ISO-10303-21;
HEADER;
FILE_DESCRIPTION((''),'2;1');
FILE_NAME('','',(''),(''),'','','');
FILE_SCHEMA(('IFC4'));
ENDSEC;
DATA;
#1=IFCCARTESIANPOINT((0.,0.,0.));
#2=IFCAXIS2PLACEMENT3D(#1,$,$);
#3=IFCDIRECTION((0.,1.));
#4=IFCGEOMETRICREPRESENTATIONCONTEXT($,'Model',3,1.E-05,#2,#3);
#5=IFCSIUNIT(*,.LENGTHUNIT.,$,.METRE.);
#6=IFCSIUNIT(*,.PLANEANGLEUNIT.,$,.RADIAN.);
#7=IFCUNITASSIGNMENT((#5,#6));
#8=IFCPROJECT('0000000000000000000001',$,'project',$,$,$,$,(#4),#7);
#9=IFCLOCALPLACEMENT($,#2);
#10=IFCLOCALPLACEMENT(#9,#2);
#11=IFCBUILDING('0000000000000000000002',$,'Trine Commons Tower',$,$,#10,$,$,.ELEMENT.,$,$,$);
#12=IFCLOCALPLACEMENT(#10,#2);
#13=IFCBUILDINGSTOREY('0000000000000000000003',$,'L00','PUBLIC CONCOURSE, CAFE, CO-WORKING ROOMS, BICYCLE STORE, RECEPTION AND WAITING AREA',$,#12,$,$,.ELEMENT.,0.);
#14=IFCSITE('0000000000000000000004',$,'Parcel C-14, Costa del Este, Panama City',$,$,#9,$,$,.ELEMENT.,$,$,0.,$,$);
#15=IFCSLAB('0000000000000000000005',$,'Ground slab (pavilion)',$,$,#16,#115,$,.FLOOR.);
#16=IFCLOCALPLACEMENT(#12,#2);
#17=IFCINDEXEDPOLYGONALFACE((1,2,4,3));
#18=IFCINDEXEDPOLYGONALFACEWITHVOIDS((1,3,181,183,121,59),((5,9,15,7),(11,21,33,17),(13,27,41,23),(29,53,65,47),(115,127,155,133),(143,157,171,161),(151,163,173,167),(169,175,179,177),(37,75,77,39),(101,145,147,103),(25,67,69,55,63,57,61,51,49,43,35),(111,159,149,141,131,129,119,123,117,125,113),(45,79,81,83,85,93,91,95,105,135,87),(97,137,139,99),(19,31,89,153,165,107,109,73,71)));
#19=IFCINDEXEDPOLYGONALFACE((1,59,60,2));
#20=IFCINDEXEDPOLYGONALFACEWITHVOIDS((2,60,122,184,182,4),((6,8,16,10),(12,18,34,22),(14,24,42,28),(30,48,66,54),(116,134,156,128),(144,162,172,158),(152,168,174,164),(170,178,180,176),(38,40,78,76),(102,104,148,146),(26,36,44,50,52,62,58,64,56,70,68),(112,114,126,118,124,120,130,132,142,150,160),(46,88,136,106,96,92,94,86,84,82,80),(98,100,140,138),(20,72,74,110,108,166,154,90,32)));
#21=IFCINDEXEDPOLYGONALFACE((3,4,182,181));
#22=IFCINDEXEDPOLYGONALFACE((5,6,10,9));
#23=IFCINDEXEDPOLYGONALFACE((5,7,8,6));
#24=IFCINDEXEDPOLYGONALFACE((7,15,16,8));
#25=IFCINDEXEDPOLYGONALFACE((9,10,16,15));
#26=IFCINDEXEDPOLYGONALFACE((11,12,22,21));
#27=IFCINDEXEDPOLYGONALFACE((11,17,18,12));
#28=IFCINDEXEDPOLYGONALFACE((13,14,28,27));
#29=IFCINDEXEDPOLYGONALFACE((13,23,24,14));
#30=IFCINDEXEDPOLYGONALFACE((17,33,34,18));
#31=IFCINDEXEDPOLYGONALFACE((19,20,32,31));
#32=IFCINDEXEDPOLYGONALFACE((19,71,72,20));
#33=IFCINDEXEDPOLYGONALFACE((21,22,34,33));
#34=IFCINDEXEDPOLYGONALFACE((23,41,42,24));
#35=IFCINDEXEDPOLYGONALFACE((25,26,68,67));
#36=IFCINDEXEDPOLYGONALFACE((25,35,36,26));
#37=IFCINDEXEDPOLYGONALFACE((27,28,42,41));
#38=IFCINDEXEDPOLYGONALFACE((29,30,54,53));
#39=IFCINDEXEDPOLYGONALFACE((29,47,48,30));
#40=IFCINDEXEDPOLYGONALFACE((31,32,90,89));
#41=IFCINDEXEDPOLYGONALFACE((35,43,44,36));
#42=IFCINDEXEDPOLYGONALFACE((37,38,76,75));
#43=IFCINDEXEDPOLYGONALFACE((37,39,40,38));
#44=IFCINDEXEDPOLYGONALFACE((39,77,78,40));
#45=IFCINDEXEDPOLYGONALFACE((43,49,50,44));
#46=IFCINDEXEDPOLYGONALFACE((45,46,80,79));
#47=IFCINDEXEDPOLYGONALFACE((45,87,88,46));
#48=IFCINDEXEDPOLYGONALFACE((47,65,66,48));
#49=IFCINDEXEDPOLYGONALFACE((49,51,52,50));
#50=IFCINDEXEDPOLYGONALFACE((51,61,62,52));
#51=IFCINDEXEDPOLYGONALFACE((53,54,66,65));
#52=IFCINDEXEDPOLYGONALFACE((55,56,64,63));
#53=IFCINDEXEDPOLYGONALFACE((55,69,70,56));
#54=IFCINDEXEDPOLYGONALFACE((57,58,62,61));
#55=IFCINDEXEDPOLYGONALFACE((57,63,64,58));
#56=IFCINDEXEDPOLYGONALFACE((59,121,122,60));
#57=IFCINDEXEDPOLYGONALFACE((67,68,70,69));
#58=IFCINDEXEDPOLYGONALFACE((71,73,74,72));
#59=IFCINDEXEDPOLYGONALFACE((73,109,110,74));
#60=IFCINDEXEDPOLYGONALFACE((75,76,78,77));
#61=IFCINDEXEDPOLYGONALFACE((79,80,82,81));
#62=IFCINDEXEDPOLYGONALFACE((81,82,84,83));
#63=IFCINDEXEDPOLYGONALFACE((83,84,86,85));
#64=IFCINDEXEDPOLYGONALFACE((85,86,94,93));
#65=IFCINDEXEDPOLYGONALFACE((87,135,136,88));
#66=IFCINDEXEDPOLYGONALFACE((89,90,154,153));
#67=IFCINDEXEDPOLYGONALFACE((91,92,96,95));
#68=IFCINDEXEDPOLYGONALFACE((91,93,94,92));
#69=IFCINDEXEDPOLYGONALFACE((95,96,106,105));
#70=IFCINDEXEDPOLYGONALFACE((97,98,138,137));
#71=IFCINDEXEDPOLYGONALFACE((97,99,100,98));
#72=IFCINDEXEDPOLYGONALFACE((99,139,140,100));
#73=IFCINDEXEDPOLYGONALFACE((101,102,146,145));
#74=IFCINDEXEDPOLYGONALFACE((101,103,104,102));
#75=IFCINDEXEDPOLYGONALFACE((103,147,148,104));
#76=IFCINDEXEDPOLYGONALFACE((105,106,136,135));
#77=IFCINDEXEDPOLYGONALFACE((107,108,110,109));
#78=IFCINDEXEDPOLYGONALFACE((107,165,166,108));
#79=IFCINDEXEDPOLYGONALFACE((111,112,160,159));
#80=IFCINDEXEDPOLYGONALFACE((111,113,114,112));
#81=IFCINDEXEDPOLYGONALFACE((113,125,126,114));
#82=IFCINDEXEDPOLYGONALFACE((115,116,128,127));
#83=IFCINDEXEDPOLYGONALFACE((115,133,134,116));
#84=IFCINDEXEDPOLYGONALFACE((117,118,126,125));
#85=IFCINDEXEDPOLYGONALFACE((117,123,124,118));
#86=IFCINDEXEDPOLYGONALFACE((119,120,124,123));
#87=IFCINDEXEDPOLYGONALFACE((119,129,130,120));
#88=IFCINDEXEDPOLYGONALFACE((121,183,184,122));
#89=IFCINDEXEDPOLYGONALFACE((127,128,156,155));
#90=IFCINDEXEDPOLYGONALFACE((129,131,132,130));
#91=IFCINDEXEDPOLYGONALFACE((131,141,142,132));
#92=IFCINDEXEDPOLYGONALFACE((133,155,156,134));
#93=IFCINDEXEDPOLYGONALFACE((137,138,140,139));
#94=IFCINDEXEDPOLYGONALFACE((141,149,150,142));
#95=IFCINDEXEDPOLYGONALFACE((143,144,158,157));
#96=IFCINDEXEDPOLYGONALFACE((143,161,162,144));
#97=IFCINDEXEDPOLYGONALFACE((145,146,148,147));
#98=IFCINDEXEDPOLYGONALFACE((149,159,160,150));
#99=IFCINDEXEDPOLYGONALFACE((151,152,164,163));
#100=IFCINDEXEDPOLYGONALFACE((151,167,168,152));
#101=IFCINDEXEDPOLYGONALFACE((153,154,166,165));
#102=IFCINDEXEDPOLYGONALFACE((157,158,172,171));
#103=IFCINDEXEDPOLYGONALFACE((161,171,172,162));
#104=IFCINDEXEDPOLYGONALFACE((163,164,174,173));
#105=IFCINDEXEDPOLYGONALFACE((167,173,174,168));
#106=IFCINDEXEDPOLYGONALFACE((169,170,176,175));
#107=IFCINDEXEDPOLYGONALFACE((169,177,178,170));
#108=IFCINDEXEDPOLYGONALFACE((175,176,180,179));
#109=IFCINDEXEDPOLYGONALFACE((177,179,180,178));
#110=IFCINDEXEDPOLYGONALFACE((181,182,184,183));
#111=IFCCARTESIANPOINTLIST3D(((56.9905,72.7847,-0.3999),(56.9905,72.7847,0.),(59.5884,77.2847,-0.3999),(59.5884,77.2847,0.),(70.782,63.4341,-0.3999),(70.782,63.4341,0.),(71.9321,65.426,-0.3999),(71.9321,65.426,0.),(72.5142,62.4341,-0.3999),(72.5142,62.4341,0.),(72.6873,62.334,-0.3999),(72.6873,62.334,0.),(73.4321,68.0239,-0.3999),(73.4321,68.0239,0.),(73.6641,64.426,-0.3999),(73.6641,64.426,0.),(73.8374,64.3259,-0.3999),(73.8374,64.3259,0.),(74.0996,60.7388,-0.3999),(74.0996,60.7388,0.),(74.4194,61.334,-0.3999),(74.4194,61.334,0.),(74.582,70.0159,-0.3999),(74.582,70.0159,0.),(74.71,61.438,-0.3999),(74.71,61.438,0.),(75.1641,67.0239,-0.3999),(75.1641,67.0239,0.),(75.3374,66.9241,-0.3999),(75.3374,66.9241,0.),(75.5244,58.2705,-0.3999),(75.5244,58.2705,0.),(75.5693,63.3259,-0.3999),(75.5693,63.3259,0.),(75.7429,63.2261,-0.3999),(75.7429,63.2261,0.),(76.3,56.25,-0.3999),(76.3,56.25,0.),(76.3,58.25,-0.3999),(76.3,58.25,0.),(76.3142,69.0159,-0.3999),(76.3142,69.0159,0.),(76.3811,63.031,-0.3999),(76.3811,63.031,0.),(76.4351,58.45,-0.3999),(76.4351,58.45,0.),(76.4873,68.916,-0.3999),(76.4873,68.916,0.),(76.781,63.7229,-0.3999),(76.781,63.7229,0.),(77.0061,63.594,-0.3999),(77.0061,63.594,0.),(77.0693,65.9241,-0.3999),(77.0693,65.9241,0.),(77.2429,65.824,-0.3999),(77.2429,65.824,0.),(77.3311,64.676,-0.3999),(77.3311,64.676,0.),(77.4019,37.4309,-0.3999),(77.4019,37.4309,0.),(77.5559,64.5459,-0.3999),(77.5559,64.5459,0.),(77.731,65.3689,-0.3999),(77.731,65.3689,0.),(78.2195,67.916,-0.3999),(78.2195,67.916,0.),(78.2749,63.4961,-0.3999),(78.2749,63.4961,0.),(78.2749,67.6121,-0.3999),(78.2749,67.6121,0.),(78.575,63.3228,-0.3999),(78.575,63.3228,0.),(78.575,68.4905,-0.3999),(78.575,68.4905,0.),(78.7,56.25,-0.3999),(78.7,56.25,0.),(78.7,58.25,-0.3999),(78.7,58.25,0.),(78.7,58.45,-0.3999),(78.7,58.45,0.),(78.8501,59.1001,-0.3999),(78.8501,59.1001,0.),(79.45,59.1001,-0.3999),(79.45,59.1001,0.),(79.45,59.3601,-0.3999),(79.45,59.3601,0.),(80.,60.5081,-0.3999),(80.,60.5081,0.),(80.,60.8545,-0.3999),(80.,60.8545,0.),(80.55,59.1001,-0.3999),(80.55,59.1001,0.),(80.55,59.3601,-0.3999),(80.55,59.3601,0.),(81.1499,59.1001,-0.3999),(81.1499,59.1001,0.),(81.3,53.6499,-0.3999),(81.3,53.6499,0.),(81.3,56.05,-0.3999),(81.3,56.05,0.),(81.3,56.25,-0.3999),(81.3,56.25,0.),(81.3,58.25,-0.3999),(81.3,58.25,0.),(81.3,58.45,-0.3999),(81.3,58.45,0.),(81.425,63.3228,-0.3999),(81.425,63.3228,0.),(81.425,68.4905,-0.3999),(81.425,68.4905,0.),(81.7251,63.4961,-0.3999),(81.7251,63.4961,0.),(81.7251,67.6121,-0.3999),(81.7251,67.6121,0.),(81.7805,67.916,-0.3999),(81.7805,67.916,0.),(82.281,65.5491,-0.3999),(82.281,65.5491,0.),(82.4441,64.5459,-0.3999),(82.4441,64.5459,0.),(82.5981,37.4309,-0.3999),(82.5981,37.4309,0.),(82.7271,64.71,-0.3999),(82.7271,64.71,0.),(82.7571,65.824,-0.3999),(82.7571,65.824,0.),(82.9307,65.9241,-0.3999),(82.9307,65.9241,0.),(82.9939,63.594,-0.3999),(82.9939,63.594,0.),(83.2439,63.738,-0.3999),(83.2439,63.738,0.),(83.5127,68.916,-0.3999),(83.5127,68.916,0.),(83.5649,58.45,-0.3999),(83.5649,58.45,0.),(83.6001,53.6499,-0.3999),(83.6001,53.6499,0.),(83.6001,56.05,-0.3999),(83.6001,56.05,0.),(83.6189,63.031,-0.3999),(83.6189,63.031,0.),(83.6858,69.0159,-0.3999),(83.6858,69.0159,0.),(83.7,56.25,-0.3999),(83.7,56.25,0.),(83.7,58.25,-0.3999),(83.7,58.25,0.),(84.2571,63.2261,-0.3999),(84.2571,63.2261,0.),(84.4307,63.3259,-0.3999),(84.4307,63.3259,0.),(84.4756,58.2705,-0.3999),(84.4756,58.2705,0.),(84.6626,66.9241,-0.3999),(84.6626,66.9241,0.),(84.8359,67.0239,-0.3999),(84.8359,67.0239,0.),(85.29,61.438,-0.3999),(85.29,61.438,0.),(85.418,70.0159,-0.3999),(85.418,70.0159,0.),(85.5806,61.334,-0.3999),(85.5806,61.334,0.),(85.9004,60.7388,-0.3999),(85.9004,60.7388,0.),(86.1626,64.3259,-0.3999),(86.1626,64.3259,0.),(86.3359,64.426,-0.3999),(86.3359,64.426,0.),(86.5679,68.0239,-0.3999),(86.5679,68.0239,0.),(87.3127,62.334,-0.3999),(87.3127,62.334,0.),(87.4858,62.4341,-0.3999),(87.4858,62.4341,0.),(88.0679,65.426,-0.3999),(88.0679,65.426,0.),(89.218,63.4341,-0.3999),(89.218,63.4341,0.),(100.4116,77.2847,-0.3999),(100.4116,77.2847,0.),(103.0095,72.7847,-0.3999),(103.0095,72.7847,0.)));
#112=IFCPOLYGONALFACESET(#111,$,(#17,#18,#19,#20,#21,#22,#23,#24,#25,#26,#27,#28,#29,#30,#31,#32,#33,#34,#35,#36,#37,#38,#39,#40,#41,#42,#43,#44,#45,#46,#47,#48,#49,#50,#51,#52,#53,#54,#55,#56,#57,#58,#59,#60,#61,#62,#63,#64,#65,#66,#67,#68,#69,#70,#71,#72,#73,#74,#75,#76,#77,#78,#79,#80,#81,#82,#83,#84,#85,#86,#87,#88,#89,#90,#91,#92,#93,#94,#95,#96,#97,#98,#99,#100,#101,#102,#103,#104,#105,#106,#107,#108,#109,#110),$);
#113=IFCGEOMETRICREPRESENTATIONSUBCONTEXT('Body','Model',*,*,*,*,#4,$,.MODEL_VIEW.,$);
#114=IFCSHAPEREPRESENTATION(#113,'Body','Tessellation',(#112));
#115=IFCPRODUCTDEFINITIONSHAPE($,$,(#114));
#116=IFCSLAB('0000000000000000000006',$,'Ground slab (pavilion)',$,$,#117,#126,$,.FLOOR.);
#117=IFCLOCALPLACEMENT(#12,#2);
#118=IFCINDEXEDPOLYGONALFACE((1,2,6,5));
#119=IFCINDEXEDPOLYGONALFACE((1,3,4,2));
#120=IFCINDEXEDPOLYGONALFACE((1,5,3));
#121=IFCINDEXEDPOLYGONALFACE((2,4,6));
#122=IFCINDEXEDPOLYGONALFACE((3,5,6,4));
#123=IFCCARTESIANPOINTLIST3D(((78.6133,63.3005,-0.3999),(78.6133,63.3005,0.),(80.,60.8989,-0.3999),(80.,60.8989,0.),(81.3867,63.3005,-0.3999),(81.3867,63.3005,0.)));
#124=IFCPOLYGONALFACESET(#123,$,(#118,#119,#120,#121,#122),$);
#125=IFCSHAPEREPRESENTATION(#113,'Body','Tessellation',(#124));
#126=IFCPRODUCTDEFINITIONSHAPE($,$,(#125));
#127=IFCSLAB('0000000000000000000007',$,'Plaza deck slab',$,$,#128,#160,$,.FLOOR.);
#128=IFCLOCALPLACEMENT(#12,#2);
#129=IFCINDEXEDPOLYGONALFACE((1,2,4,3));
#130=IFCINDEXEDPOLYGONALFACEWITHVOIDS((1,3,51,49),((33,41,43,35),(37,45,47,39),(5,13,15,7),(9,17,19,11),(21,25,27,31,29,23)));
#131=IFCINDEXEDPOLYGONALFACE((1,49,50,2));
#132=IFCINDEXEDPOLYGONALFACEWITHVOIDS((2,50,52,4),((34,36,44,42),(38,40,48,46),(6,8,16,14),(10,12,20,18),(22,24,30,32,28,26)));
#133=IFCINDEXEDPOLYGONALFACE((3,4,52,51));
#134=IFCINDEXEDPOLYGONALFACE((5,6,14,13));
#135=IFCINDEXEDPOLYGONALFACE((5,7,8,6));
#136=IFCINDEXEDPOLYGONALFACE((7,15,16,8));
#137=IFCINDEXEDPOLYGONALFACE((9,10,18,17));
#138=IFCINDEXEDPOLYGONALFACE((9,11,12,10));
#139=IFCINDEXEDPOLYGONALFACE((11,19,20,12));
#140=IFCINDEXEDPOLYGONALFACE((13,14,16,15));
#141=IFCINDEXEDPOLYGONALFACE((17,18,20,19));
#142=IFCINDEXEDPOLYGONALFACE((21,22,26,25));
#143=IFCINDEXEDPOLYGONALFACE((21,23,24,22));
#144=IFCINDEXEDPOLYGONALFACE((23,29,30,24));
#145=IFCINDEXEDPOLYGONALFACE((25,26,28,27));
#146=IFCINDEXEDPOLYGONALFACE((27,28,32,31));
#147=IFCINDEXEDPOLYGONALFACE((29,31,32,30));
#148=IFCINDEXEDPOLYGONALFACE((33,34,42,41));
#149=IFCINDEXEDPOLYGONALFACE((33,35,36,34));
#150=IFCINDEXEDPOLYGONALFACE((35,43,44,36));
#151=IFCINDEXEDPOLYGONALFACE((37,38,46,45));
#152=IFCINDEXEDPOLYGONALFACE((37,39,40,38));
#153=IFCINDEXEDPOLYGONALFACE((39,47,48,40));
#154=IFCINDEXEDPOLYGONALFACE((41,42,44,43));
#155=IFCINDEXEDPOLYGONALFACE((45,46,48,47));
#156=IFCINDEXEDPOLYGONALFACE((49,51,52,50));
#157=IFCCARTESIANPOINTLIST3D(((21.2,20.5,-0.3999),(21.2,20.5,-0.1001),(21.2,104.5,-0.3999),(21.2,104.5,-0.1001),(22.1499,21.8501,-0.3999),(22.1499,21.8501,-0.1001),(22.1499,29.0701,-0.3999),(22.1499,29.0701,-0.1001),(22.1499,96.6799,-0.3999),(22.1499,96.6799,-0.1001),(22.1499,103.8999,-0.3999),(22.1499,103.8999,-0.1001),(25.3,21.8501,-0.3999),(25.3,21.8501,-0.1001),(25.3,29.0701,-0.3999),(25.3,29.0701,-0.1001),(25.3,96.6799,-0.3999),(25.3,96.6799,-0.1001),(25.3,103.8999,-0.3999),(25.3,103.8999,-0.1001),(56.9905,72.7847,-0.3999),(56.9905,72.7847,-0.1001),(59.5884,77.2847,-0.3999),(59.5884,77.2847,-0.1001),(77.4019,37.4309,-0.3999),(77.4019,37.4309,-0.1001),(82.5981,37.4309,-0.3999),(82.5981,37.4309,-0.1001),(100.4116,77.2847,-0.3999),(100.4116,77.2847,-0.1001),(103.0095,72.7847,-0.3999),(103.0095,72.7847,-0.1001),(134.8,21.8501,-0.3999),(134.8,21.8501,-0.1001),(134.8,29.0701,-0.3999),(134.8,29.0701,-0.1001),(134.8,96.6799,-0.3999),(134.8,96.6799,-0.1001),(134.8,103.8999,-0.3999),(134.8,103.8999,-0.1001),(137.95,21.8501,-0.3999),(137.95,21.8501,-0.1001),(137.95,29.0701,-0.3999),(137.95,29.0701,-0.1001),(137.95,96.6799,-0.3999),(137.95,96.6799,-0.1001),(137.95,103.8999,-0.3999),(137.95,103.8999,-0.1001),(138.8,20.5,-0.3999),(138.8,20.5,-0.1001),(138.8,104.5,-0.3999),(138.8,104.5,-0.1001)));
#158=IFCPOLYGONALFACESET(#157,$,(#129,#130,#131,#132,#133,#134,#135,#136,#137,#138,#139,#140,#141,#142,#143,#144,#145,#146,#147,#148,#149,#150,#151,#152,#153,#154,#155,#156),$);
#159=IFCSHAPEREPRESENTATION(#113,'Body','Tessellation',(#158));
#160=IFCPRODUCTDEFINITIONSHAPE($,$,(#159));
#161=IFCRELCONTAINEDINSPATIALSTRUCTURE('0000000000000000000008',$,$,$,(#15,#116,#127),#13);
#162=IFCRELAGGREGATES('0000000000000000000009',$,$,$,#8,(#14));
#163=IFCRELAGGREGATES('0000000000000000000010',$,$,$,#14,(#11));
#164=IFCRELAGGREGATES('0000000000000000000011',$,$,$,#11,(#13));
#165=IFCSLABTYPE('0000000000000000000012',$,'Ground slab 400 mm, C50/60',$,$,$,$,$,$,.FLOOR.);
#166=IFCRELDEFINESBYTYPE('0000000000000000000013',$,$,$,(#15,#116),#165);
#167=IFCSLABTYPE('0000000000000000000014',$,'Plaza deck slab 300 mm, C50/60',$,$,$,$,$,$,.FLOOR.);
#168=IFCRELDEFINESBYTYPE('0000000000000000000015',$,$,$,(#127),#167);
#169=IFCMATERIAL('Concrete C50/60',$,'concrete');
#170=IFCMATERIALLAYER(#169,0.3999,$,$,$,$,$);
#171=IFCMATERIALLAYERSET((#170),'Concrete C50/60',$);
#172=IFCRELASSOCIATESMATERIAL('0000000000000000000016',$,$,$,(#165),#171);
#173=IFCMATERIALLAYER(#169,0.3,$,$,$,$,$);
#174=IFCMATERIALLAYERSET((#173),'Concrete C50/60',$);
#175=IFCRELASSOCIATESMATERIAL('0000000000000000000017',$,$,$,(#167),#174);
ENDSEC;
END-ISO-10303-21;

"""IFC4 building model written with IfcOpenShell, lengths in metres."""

from ifc_helpers import new_model, si_unit, direction, frame, origin, place, context, subcontext, project, spatial, polyline, outline, extrude, material, layer, layer_set, type_object, element, save


model = new_model("IFC4")

# Units and contexts
model_context = context("Model", 3, precision=1e-05, world=origin(), true_north=direction((0.0, 1.0)))
body_context = subcontext(model_context, "Body", "Model", "MODEL_VIEW")
ifc_project = project(units=[si_unit("LENGTHUNIT", "METRE"), si_unit("PLANEANGLEUNIT", "RADIAN")], contexts=[model_context])

# Site, building, storey
site_placement = place(None, origin())
site = spatial("IfcSite", under=ifc_project, at=site_placement, Name="Parcel C-14, Costa del Este, Panama City", CompositionType="ELEMENT", RefElevation=0.0)
building_placement = place(site_placement, origin())
building = spatial("IfcBuilding", under=site, at=building_placement, Name="Trine Commons Tower", CompositionType="ELEMENT")
storey_placement = place(building_placement, origin())
storey = spatial("IfcBuildingStorey", under=building, at=storey_placement, Name="L00", Description="PUBLIC CONCOURSE, CAFE, CO-WORKING ROOMS, BICYCLE STORE, RECEPTION AND WAITING AREA", CompositionType="ELEMENT", Elevation=0.0)

# Slabs
ifc_material_1 = material(Name="Concrete C50/60", Category="concrete")
ifc_layer_1 = layer(ifc_material_1, 0.3999)
ifc_layer_set_1 = layer_set([ifc_layer_1], Name="Concrete C50/60")
slab_type_1 = type_object("IfcSlabType", Name="Ground slab 400 mm, C50/60", PredefinedType="FLOOR", material=ifc_layer_set_1)
slab_1_placement = place(storey_placement, frame((0.0, 0.0, -0.3999)))
element("IfcSlab", 1, at=slab_1_placement, inside=storey, type_object=slab_type_1, Name="Ground slab (pavilion)", PredefinedType="FLOOR", context=body_context, shape_type="SweptSolid", body=[
    extrude(outline(polyline([(100.4116, 77.2847), (103.0095, 72.7847), (82.5981, 37.4309), (77.4019, 37.4309), (56.9905, 72.7847), (59.5884, 77.2847), (100.4116, 77.2847)]), holes=[polyline([(76.3, 56.25), (78.7, 56.25), (78.7, 58.25), (76.3, 58.25), (76.3, 56.25)]), polyline([(81.1499, 59.1001), (81.3, 58.45), (83.5649, 58.45), (80.0, 60.5081), (76.4351, 58.45), (78.7, 58.45), (78.8501, 59.1001), (79.45, 59.1001), (79.45, 59.3601), (80.55, 59.3601), (80.55, 59.1001), (81.1499, 59.1001)]), polyline([(80.0, 60.8545), (84.4756, 58.2705), (85.9004, 60.7388), (81.425, 63.3228), (81.425, 68.4905), (78.575, 68.4905), (78.575, 63.3228), (74.0996, 60.7388), (75.5244, 58.2705), (80.0, 60.8545)]), polyline([(73.8374, 64.3259), (72.6873, 62.334), (74.4194, 61.334), (75.5693, 63.3259), (73.8374, 64.3259)]), polyline([(71.9321, 65.426), (70.782, 63.4341), (72.5142, 62.4341), (73.6641, 64.426), (71.9321, 65.426)]), polyline([(76.781, 63.7229), (76.3811, 63.031), (75.7429, 63.2261), (74.71, 61.438), (78.2749, 63.4961), (78.2749, 67.6121), (77.2429, 65.824), (77.731, 65.3689), (77.3311, 64.676), (77.5559, 64.5459), (77.0061, 63.594), (76.781, 63.7229)]), polyline([(76.4873, 68.916), (75.3374, 66.9241), (77.0693, 65.9241), (78.2195, 67.916), (76.4873, 68.916)]), polyline([(74.582, 70.0159), (73.4321, 68.0239), (75.1641, 67.0239), (76.3142, 69.0159), (74.582, 70.0159)]), polyline([(81.3, 53.6499), (83.6001, 53.6499), (83.6001, 56.05), (81.3, 56.05), (81.3, 53.6499)]), polyline([(81.3, 56.25), (83.7, 56.25), (83.7, 58.25), (81.3, 58.25), (81.3, 56.25)]), polyline([(87.3127, 62.334), (86.1626, 64.3259), (84.4307, 63.3259), (85.5806, 61.334), (87.3127, 62.334)]), polyline([(89.218, 63.4341), (88.0679, 65.426), (86.3359, 64.426), (87.4858, 62.4341), (89.218, 63.4341)]), polyline([(83.2439, 63.738), (82.9939, 63.594), (82.4441, 64.5459), (82.7271, 64.71), (82.281, 65.5491), (82.7571, 65.824), (81.7251, 67.6121), (81.7251, 63.4961), (85.29, 61.438), (84.2571, 63.2261), (83.6189, 63.031), (83.2439, 63.738)]), polyline([(82.9307, 65.9241), (84.6626, 66.9241), (83.5127, 68.916), (81.7805, 67.916), (82.9307, 65.9241)]), polyline([(84.8359, 67.0239), (86.5679, 68.0239), (85.418, 70.0159), (83.6858, 69.0159), (84.8359, 67.0239)])]), origin(), (0.0, 0.0, 1.0), 0.3999),
])
slab_2_placement = place(storey_placement, frame((0.0, 0.0, -0.3999)))
element("IfcSlab", 2, at=slab_2_placement, inside=storey, type_object=slab_type_1, Name="Ground slab (pavilion)", PredefinedType="FLOOR", context=body_context, shape_type="SweptSolid", body=[
    extrude(outline(polyline([(81.3867, 63.3005), (80.0, 60.8989), (78.6133, 63.3005), (81.3867, 63.3005)])), origin(), (0.0, 0.0, 1.0), 0.3999),
])
ifc_layer_2 = layer(ifc_material_1, 0.3)
ifc_layer_set_2 = layer_set([ifc_layer_2], Name="Concrete C50/60")
slab_type_2 = type_object("IfcSlabType", Name="Plaza deck slab 300 mm, C50/60", PredefinedType="FLOOR", material=ifc_layer_set_2)
slab_3_placement = place(storey_placement, frame((0.0, 0.0, -0.3999)))
element("IfcSlab", 3, at=slab_3_placement, inside=storey, type_object=slab_type_2, Name="Plaza deck slab", PredefinedType="FLOOR", context=body_context, shape_type="SweptSolid", body=[
    extrude(outline(polyline([(21.2, 20.5), (21.2, 104.5), (138.8, 104.5), (138.8, 20.5), (21.2, 20.5)]), holes=[polyline([(22.1499, 21.8501), (25.3, 21.8501), (25.3, 29.0701), (22.1499, 29.0701), (22.1499, 21.8501)]), polyline([(134.8, 21.8501), (137.95, 21.8501), (137.95, 29.0701), (134.8, 29.0701), (134.8, 21.8501)]), polyline([(100.4116, 77.2847), (59.5884, 77.2847), (56.9905, 72.7847), (77.4019, 37.4309), (82.5981, 37.4309), (103.0095, 72.7847), (100.4116, 77.2847)]), polyline([(25.3, 96.6799), (25.3, 103.8999), (22.1499, 103.8999), (22.1499, 96.6799), (25.3, 96.6799)]), polyline([(137.95, 96.6799), (137.95, 103.8999), (134.8, 103.8999), (134.8, 96.6799), (137.95, 96.6799)])]), origin(), (0.0, 0.0, 1.0), 0.2998),
])

save(model, "model.ifc")
